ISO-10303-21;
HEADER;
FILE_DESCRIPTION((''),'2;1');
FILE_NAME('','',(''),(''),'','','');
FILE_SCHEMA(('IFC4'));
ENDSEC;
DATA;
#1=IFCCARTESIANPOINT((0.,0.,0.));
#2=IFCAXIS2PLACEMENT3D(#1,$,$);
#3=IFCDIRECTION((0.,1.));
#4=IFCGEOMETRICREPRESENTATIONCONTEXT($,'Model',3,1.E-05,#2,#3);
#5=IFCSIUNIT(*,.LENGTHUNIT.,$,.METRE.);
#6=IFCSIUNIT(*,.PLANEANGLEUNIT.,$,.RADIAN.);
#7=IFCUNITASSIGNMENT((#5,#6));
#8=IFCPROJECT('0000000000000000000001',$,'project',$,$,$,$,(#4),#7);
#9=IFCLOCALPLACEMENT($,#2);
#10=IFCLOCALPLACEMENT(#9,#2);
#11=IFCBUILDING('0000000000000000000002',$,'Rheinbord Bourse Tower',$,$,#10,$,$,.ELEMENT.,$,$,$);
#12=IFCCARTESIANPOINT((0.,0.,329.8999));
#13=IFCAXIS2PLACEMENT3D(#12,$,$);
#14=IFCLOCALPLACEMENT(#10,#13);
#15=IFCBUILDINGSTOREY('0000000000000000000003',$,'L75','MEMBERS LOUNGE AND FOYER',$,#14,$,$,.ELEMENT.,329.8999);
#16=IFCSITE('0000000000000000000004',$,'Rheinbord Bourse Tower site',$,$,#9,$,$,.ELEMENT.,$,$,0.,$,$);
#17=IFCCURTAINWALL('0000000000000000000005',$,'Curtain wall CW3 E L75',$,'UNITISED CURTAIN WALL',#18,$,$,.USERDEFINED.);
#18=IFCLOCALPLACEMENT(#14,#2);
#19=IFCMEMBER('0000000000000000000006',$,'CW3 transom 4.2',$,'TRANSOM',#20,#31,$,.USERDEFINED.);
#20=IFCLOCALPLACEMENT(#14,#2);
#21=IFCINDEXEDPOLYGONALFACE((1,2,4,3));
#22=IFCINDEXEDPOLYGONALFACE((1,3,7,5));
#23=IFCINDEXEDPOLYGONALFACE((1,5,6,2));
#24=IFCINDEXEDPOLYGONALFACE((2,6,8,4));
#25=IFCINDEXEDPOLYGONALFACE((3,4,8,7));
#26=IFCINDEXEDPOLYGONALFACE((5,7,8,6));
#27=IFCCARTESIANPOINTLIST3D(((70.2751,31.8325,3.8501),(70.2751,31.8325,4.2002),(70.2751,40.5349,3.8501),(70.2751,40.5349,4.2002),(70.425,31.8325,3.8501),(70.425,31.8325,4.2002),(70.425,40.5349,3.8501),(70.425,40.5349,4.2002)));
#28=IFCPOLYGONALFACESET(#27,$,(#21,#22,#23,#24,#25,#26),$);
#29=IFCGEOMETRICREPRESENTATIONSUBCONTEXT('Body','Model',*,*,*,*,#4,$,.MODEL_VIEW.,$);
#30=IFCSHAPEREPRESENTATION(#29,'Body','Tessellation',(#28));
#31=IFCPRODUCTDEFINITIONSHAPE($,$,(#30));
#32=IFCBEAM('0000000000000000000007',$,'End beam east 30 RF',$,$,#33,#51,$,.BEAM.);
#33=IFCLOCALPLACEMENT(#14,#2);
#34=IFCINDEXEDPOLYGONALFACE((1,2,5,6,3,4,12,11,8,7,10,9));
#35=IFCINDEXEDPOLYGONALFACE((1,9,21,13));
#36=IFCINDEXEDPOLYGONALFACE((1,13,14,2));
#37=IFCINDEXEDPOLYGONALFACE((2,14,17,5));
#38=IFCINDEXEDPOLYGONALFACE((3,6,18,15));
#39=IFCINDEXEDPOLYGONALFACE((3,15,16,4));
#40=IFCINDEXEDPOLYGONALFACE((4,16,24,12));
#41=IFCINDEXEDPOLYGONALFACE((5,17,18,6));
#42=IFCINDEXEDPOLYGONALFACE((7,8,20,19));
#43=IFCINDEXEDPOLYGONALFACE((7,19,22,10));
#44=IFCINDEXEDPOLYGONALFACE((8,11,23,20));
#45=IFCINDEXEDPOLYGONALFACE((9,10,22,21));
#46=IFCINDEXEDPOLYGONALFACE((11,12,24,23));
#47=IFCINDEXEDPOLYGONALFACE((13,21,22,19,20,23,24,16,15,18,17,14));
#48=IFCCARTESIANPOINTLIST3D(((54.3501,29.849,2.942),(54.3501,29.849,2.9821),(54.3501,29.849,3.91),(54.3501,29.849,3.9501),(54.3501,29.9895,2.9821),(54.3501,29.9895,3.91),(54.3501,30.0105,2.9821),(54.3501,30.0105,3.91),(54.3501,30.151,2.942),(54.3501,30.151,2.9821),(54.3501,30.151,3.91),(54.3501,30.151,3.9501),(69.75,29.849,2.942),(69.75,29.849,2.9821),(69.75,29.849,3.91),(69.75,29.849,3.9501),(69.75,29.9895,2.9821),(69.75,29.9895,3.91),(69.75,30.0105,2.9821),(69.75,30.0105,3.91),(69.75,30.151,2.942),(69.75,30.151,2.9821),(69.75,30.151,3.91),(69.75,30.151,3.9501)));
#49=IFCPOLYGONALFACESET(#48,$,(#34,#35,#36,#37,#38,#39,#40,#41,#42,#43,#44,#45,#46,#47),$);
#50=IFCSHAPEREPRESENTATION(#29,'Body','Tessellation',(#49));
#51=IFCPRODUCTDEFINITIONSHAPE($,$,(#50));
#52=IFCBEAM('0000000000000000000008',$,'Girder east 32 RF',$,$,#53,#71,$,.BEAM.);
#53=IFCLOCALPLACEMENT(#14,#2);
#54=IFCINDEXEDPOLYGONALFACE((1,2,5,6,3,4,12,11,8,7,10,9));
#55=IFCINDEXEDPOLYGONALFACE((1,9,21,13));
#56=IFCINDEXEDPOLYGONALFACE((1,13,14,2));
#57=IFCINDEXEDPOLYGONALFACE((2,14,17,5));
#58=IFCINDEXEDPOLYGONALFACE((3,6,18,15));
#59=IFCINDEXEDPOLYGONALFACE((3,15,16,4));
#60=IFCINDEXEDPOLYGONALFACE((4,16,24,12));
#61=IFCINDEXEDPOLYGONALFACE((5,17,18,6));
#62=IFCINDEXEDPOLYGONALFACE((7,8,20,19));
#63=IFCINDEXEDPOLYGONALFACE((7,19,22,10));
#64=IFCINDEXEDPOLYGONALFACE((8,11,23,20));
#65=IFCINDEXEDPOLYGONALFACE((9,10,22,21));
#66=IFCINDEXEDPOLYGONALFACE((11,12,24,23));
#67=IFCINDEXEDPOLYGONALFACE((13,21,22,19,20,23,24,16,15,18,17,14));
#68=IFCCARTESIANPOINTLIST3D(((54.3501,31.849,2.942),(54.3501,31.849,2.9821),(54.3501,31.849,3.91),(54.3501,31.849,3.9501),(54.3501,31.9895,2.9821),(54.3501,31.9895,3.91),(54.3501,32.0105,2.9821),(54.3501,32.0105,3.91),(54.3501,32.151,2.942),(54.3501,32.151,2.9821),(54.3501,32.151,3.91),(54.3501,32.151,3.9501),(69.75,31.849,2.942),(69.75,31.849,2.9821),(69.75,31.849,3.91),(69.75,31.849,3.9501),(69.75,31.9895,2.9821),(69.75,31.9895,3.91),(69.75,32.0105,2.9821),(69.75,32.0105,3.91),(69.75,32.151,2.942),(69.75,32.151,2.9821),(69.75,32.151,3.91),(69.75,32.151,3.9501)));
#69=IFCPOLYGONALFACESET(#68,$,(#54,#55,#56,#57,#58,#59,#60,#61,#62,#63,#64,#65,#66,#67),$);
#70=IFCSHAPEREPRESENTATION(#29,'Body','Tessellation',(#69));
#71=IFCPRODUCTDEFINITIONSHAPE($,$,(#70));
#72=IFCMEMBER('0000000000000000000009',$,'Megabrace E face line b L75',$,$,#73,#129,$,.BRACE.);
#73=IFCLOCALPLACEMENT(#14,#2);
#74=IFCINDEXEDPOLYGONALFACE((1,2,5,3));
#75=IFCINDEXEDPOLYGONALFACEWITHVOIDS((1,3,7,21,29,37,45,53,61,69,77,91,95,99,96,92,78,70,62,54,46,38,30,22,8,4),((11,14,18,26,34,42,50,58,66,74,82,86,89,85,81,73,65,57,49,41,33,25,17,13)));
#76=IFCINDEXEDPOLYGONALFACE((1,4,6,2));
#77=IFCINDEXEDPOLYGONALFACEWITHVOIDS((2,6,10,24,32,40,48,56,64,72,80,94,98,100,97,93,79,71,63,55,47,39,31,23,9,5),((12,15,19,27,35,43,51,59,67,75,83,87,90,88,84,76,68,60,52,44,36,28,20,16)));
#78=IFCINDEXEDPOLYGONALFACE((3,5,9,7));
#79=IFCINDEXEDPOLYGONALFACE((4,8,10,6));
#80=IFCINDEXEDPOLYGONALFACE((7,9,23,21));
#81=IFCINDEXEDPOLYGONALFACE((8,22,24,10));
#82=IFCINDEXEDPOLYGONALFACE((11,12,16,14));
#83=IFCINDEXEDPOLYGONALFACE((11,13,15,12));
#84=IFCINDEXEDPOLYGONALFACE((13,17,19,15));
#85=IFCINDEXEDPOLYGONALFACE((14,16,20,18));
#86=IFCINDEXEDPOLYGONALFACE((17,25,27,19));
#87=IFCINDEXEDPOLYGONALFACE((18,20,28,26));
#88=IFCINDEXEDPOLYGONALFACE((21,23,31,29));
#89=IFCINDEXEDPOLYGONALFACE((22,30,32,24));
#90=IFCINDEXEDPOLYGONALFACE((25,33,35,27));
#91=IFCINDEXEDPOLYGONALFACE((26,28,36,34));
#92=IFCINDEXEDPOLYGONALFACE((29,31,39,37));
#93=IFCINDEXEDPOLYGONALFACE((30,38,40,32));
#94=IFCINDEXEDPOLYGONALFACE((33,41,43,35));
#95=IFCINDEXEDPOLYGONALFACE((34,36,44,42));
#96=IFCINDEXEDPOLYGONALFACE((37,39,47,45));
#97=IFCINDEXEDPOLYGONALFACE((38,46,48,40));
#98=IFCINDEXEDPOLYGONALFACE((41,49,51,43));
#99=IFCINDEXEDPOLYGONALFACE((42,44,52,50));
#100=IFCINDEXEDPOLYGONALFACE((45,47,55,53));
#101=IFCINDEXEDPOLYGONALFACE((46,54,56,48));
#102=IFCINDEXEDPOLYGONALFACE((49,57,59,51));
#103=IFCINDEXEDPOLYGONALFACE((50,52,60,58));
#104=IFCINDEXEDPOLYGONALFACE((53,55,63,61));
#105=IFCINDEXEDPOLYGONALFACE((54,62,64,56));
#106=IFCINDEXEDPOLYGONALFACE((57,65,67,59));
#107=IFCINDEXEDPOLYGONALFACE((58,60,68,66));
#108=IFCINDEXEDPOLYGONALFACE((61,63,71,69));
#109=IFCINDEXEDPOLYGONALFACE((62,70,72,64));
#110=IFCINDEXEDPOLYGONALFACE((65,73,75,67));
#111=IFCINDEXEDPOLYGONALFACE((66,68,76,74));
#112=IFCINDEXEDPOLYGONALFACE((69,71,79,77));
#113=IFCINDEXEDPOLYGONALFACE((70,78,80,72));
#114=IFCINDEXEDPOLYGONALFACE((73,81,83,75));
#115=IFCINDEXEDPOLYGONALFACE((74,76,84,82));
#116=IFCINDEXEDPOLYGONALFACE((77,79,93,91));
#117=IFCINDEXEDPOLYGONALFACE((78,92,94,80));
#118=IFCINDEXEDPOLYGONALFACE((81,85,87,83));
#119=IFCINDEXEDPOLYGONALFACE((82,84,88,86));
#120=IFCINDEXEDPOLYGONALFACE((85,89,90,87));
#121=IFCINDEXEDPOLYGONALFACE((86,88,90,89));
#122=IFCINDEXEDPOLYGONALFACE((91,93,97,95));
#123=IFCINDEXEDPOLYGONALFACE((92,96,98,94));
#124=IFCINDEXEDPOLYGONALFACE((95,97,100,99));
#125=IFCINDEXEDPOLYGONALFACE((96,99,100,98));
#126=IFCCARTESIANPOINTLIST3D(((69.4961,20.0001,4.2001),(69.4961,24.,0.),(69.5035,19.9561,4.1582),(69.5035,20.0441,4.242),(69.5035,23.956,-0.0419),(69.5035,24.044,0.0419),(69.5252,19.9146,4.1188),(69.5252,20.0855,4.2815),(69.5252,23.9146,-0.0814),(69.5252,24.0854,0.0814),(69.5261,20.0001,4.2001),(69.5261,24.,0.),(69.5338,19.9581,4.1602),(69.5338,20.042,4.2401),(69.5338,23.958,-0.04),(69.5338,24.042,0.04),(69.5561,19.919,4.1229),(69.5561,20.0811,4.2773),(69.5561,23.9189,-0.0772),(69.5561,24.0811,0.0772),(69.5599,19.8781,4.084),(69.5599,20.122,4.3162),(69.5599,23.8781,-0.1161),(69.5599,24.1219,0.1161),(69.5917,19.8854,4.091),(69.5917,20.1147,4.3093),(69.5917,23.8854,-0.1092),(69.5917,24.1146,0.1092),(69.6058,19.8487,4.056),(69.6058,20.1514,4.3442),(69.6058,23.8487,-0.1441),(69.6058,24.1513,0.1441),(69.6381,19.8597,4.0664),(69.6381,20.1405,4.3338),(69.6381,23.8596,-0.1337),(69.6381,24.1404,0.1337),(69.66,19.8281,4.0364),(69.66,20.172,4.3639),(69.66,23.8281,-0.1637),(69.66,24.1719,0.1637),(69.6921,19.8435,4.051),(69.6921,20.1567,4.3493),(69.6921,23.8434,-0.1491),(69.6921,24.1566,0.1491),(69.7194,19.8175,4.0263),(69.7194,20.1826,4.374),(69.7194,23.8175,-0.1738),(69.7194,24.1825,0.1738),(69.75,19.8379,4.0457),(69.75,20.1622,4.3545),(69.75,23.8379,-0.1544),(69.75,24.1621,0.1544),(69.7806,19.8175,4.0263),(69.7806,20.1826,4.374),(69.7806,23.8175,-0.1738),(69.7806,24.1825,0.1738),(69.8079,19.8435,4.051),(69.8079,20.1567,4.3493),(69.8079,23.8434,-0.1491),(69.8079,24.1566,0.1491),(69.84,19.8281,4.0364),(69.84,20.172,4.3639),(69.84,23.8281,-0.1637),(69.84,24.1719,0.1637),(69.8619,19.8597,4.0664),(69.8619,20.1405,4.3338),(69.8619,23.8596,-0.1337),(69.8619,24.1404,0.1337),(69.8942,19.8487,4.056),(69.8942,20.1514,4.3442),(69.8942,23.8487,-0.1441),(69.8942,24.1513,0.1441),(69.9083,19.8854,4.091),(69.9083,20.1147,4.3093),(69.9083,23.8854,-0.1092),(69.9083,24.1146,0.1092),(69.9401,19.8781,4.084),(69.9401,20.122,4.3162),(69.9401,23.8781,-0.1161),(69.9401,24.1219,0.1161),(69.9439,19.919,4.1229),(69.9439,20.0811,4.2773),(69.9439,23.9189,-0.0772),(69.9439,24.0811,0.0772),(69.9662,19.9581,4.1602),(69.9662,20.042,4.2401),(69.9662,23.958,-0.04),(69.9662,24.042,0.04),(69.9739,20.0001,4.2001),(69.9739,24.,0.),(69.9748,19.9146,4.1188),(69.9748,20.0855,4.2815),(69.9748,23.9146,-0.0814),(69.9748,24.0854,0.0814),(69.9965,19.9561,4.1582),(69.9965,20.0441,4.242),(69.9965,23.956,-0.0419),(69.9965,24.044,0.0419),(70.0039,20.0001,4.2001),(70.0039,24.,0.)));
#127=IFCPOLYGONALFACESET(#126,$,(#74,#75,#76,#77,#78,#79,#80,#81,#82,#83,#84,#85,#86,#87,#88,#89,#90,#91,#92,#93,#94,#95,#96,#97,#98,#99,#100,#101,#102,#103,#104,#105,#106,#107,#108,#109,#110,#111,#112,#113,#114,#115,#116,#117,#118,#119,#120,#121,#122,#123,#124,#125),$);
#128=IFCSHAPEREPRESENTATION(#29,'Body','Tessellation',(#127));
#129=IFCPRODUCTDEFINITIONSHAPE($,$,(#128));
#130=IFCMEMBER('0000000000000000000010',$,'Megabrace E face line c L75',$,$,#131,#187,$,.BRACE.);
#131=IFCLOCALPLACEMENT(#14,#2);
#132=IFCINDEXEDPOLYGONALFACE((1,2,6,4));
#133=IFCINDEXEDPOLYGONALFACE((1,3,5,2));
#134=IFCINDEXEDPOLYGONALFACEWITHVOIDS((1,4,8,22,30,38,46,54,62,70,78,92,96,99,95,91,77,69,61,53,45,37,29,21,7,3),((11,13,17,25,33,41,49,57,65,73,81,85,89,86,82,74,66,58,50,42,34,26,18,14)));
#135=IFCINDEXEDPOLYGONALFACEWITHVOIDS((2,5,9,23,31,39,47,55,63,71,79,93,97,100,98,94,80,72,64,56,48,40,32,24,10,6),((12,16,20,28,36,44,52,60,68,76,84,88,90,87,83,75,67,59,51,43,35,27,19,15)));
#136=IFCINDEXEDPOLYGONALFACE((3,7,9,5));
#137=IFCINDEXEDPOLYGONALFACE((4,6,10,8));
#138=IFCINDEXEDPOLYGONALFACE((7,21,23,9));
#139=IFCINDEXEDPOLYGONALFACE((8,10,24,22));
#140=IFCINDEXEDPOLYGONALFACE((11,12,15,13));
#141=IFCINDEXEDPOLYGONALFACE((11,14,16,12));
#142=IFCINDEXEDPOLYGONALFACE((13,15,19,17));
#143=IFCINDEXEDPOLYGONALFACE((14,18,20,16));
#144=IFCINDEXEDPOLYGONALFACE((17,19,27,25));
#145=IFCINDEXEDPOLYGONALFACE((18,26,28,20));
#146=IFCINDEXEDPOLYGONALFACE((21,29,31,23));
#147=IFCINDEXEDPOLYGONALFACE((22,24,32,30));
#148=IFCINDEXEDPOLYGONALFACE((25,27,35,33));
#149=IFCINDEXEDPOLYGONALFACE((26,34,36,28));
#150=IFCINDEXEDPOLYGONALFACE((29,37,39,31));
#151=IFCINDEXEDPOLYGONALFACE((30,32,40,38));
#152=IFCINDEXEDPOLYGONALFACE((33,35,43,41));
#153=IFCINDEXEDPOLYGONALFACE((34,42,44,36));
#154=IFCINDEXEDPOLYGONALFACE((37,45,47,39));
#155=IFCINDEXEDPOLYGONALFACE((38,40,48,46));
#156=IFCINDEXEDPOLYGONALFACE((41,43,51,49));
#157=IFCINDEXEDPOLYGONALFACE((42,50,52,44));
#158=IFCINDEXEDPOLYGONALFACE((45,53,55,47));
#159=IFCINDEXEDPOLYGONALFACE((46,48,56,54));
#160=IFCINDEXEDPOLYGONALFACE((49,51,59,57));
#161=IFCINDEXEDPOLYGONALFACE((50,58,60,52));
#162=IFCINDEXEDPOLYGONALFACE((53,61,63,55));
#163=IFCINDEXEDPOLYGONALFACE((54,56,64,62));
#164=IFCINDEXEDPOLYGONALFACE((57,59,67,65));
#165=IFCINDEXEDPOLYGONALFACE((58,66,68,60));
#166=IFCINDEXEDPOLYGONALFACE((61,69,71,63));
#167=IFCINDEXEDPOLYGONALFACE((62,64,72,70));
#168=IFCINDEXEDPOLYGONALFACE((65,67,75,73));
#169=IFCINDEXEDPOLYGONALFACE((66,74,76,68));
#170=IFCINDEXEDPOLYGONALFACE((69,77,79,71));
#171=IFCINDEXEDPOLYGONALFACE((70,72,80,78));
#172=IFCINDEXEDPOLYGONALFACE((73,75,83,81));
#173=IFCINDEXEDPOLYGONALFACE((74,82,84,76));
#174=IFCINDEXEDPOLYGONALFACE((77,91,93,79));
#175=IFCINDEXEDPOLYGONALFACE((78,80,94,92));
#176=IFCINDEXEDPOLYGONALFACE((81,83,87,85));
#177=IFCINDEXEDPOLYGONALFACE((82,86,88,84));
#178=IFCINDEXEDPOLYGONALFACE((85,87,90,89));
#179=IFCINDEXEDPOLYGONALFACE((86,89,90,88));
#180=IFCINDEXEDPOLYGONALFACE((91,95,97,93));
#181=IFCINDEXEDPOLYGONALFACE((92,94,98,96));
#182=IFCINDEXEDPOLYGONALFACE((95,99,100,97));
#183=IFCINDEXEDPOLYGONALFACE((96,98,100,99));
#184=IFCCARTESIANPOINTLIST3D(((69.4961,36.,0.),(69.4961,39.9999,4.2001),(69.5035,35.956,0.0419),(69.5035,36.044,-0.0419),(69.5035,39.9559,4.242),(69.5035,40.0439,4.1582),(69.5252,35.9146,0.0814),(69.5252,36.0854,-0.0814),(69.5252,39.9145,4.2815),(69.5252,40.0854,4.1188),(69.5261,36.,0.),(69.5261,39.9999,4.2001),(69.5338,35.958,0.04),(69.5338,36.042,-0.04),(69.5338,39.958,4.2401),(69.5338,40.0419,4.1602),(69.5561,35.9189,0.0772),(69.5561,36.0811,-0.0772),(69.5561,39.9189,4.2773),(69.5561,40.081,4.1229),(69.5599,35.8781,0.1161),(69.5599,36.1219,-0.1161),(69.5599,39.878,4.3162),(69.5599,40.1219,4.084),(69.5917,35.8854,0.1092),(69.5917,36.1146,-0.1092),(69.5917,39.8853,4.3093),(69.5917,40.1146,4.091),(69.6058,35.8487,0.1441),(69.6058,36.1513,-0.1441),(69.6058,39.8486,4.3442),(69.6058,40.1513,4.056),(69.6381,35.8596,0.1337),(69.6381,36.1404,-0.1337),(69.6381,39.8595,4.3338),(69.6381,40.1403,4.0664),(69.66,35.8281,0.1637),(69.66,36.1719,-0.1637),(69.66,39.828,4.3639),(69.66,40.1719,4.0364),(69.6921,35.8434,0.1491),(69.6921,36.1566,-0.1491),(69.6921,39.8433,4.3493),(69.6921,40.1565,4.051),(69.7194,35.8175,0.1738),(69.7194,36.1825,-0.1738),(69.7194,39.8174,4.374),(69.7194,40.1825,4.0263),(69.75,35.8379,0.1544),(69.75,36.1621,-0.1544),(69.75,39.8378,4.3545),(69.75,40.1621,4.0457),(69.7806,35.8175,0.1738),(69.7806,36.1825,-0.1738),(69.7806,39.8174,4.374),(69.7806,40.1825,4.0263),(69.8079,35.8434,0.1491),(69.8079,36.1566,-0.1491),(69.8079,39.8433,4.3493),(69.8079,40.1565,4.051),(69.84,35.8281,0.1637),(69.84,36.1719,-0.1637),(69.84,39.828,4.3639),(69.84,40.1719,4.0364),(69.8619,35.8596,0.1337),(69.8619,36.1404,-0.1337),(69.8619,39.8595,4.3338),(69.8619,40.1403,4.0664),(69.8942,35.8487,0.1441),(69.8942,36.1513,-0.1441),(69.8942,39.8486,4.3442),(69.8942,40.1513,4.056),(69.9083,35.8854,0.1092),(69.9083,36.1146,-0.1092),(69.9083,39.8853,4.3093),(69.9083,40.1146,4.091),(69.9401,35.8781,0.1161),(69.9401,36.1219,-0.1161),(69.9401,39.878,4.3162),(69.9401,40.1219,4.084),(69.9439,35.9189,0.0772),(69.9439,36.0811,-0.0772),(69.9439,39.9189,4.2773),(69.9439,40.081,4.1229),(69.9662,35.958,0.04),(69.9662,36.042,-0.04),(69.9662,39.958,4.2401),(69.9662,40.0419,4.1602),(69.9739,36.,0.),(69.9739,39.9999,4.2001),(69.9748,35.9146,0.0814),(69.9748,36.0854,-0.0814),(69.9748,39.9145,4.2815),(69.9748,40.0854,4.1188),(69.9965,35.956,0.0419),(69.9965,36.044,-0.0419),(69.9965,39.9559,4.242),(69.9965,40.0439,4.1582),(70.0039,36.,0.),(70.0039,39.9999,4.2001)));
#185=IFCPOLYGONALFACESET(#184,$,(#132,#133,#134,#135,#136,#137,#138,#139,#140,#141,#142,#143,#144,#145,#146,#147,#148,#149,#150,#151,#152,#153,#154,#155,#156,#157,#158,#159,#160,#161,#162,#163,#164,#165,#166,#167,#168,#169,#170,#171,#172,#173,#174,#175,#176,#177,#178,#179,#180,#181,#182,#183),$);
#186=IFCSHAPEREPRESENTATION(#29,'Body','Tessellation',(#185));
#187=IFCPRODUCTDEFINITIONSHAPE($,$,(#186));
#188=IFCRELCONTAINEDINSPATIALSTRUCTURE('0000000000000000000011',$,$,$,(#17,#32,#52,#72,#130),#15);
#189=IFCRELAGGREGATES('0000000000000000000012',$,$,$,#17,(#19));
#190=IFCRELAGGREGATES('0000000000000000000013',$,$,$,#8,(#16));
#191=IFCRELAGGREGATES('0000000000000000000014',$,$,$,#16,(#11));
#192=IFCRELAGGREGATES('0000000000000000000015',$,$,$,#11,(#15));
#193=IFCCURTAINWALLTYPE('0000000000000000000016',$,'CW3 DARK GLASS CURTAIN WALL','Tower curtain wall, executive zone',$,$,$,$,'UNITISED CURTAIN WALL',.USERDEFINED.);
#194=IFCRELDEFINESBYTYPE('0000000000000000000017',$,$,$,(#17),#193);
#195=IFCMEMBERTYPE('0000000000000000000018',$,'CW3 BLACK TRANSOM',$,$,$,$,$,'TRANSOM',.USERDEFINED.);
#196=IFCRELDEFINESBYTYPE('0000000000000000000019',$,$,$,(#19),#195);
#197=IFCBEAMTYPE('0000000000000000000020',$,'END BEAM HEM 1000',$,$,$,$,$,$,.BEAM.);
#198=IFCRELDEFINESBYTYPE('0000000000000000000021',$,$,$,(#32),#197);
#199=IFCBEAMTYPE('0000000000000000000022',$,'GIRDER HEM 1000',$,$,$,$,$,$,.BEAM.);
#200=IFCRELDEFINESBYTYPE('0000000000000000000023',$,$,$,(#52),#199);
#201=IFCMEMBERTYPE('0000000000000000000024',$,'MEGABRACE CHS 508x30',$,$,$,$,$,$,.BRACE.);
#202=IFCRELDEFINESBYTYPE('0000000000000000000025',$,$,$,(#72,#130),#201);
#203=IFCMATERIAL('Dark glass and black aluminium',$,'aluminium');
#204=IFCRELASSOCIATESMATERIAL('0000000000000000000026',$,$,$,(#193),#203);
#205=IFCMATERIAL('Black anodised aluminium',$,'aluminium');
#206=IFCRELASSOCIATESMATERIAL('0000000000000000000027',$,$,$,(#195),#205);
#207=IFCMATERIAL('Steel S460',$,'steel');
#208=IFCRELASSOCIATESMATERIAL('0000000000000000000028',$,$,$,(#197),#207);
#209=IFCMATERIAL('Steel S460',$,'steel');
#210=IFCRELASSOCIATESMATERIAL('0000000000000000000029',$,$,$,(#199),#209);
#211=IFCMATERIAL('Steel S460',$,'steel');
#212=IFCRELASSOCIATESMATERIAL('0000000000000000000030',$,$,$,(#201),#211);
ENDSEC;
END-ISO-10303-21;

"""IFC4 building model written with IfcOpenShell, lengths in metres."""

from ifc_helpers import new_model, si_unit, direction, frame, origin, origin_2d, place, context, subcontext, project, spatial, rectangle, hollow_circle, i_section, extrude, material, material_profile, profile_set, type_object, element, aggregate, save


model = new_model("IFC4")

# Units and contexts
model_context = context("Model", 3, precision=1e-05, world=origin(), true_north=direction((0.0, 1.0)))
body_context = subcontext(model_context, "Body", "Model", "MODEL_VIEW")
ifc_project = project(units=[si_unit("LENGTHUNIT", "METRE"), si_unit("PLANEANGLEUNIT", "RADIAN")], contexts=[model_context])

# Site, building, storey
site_placement = place(None, origin())
site = spatial("IfcSite", under=ifc_project, at=site_placement, Name="Rheinbord Bourse Tower site", CompositionType="ELEMENT", RefElevation=0.0)
building_placement = place(site_placement, origin())
building = spatial("IfcBuilding", under=site, at=building_placement, Name="Rheinbord Bourse Tower", CompositionType="ELEMENT")
storey_placement = place(building_placement, frame((0.0, 0.0, 329.8999)))
storey = spatial("IfcBuildingStorey", under=building, at=storey_placement, Name="L75", Description="MEMBERS LOUNGE AND FOYER", CompositionType="ELEMENT", Elevation=329.8999)

# Curtain wall, member
ifc_material_1 = material(Name="Dark glass and black aluminium", Category="aluminium")
curtain_wall_type = type_object("IfcCurtainWallType", Name="CW3 DARK GLASS CURTAIN WALL", Description="Tower curtain wall, executive zone", ElementType="UNITISED CURTAIN WALL", PredefinedType="USERDEFINED", material=ifc_material_1)
curtain_wall_placement = place(storey_placement, origin())
curtain_wall = element("IfcCurtainWall", 1, at=curtain_wall_placement, inside=storey, type_object=curtain_wall_type, Name="Curtain wall CW3 E L75", ObjectType="UNITISED CURTAIN WALL", PredefinedType="USERDEFINED")
ifc_material_2 = material(Name="Black anodised aluminium", Category="aluminium")
ifc_material_profile_1 = material_profile(ifc_material_2, rectangle(XDim=0.1499, YDim=0.3501, at=origin_2d()), Name="CW3 TRANSOM 350x150")
ifc_profile_set_1 = profile_set([ifc_material_profile_1], Name="Black anodised aluminium")
member_type_1 = type_object("IfcMemberType", Name="CW3 BLACK TRANSOM", ElementType="TRANSOM", PredefinedType="USERDEFINED", material=ifc_profile_set_1)
member_1_placement = place(storey_placement, frame((70.3501, 31.8325, 4.0251), z_axis=(0.0, 1.0, 0.0), x_axis=(-1.0, 0.0, 0.0)))
member_1 = element("IfcMember", 2, at=member_1_placement, type_object=member_type_1, Name="CW3 transom 4.2", ObjectType="TRANSOM", PredefinedType="USERDEFINED", context=body_context, shape_type="SweptSolid", body=[
    extrude(rectangle(XDim=0.1499, YDim=0.3501, at=origin_2d()), origin(), (0.0, 0.0, 1.0), 8.7024),
])

# Beams
ifc_material_3 = material(Name="Steel S460", Category="steel")
ifc_material_profile_2 = material_profile(ifc_material_3, i_section(OverallWidth=0.302, OverallDepth=1.0081, WebThickness=0.021, FlangeThickness=0.04, at=origin_2d()), Name="HEM 1000")
ifc_profile_set_2 = profile_set([ifc_material_profile_2], Name="Steel S460")
beam_type_1 = type_object("IfcBeamType", Name="END BEAM HEM 1000", PredefinedType="BEAM", material=ifc_profile_set_2)
beam_1_placement = place(storey_placement, frame((54.3501, 30.0, 3.446), z_axis=(1.0, 0.0, 0.0), x_axis=(0.0, 1.0, 0.0)))
element("IfcBeam", 3, at=beam_1_placement, inside=storey, type_object=beam_type_1, Name="End beam east 30 RF", PredefinedType="BEAM", context=body_context, shape_type="SweptSolid", body=[
    extrude(i_section(OverallWidth=0.302, OverallDepth=1.0081, WebThickness=0.021, FlangeThickness=0.04, at=origin_2d()), origin(), (0.0, 0.0, 1.0), 15.3999),
])
ifc_material_4 = material(Name="Steel S460", Category="steel")
ifc_material_profile_3 = material_profile(ifc_material_4, i_section(OverallWidth=0.302, OverallDepth=1.0081, WebThickness=0.021, FlangeThickness=0.04, at=origin_2d()), Name="HEM 1000")
ifc_profile_set_3 = profile_set([ifc_material_profile_3], Name="Steel S460")
beam_type_2 = type_object("IfcBeamType", Name="GIRDER HEM 1000", PredefinedType="BEAM", material=ifc_profile_set_3)
beam_2_placement = place(storey_placement, frame((54.3501, 32.0, 3.446), z_axis=(1.0, 0.0, 0.0), x_axis=(0.0, 1.0, 0.0)))
element("IfcBeam", 4, at=beam_2_placement, inside=storey, type_object=beam_type_2, Name="Girder east 32 RF", PredefinedType="BEAM", context=body_context, shape_type="SweptSolid", body=[
    extrude(i_section(OverallWidth=0.302, OverallDepth=1.0081, WebThickness=0.021, FlangeThickness=0.04, at=origin_2d()), origin(), (0.0, 0.0, 1.0), 15.3999),
])

# Members
ifc_material_5 = material(Name="Steel S460", Category="steel")
ifc_material_profile_4 = material_profile(ifc_material_5, hollow_circle(Radius=0.2539, WallThickness=0.03, at=origin_2d()), Name="CHS 508x30")
ifc_profile_set_4 = profile_set([ifc_material_profile_4], Name="Steel S460")
member_type_2 = type_object("IfcMemberType", Name="MEGABRACE CHS 508x30", PredefinedType="BRACE", material=ifc_profile_set_4)
for number, where, z_axis, x_axis, name in (
    (5, (69.75, 24.0, 0.0), (0.0, -0.689638, 0.724154), (1.0, 0.0, 0.0), "Megabrace E face line b L75"),
    (6, (69.75, 36.0, 0.0), (0.0, 0.689638, 0.724154), (-1.0, 0.0, 0.0), "Megabrace E face line c L75"),
):
    element("IfcMember", number, at=place(storey_placement, frame(where, z_axis=z_axis, x_axis=x_axis)), inside=storey, type_object=member_type_2, Name=name, PredefinedType="BRACE", context=body_context, shape_type="SweptSolid", body=[
        extrude(hollow_circle(Radius=0.2539, WallThickness=0.03, at=origin_2d()), origin(), (0.0, 0.0, 1.0), 5.8),
    ])

aggregate(curtain_wall, [member_1])

save(model, "model.ifc")
